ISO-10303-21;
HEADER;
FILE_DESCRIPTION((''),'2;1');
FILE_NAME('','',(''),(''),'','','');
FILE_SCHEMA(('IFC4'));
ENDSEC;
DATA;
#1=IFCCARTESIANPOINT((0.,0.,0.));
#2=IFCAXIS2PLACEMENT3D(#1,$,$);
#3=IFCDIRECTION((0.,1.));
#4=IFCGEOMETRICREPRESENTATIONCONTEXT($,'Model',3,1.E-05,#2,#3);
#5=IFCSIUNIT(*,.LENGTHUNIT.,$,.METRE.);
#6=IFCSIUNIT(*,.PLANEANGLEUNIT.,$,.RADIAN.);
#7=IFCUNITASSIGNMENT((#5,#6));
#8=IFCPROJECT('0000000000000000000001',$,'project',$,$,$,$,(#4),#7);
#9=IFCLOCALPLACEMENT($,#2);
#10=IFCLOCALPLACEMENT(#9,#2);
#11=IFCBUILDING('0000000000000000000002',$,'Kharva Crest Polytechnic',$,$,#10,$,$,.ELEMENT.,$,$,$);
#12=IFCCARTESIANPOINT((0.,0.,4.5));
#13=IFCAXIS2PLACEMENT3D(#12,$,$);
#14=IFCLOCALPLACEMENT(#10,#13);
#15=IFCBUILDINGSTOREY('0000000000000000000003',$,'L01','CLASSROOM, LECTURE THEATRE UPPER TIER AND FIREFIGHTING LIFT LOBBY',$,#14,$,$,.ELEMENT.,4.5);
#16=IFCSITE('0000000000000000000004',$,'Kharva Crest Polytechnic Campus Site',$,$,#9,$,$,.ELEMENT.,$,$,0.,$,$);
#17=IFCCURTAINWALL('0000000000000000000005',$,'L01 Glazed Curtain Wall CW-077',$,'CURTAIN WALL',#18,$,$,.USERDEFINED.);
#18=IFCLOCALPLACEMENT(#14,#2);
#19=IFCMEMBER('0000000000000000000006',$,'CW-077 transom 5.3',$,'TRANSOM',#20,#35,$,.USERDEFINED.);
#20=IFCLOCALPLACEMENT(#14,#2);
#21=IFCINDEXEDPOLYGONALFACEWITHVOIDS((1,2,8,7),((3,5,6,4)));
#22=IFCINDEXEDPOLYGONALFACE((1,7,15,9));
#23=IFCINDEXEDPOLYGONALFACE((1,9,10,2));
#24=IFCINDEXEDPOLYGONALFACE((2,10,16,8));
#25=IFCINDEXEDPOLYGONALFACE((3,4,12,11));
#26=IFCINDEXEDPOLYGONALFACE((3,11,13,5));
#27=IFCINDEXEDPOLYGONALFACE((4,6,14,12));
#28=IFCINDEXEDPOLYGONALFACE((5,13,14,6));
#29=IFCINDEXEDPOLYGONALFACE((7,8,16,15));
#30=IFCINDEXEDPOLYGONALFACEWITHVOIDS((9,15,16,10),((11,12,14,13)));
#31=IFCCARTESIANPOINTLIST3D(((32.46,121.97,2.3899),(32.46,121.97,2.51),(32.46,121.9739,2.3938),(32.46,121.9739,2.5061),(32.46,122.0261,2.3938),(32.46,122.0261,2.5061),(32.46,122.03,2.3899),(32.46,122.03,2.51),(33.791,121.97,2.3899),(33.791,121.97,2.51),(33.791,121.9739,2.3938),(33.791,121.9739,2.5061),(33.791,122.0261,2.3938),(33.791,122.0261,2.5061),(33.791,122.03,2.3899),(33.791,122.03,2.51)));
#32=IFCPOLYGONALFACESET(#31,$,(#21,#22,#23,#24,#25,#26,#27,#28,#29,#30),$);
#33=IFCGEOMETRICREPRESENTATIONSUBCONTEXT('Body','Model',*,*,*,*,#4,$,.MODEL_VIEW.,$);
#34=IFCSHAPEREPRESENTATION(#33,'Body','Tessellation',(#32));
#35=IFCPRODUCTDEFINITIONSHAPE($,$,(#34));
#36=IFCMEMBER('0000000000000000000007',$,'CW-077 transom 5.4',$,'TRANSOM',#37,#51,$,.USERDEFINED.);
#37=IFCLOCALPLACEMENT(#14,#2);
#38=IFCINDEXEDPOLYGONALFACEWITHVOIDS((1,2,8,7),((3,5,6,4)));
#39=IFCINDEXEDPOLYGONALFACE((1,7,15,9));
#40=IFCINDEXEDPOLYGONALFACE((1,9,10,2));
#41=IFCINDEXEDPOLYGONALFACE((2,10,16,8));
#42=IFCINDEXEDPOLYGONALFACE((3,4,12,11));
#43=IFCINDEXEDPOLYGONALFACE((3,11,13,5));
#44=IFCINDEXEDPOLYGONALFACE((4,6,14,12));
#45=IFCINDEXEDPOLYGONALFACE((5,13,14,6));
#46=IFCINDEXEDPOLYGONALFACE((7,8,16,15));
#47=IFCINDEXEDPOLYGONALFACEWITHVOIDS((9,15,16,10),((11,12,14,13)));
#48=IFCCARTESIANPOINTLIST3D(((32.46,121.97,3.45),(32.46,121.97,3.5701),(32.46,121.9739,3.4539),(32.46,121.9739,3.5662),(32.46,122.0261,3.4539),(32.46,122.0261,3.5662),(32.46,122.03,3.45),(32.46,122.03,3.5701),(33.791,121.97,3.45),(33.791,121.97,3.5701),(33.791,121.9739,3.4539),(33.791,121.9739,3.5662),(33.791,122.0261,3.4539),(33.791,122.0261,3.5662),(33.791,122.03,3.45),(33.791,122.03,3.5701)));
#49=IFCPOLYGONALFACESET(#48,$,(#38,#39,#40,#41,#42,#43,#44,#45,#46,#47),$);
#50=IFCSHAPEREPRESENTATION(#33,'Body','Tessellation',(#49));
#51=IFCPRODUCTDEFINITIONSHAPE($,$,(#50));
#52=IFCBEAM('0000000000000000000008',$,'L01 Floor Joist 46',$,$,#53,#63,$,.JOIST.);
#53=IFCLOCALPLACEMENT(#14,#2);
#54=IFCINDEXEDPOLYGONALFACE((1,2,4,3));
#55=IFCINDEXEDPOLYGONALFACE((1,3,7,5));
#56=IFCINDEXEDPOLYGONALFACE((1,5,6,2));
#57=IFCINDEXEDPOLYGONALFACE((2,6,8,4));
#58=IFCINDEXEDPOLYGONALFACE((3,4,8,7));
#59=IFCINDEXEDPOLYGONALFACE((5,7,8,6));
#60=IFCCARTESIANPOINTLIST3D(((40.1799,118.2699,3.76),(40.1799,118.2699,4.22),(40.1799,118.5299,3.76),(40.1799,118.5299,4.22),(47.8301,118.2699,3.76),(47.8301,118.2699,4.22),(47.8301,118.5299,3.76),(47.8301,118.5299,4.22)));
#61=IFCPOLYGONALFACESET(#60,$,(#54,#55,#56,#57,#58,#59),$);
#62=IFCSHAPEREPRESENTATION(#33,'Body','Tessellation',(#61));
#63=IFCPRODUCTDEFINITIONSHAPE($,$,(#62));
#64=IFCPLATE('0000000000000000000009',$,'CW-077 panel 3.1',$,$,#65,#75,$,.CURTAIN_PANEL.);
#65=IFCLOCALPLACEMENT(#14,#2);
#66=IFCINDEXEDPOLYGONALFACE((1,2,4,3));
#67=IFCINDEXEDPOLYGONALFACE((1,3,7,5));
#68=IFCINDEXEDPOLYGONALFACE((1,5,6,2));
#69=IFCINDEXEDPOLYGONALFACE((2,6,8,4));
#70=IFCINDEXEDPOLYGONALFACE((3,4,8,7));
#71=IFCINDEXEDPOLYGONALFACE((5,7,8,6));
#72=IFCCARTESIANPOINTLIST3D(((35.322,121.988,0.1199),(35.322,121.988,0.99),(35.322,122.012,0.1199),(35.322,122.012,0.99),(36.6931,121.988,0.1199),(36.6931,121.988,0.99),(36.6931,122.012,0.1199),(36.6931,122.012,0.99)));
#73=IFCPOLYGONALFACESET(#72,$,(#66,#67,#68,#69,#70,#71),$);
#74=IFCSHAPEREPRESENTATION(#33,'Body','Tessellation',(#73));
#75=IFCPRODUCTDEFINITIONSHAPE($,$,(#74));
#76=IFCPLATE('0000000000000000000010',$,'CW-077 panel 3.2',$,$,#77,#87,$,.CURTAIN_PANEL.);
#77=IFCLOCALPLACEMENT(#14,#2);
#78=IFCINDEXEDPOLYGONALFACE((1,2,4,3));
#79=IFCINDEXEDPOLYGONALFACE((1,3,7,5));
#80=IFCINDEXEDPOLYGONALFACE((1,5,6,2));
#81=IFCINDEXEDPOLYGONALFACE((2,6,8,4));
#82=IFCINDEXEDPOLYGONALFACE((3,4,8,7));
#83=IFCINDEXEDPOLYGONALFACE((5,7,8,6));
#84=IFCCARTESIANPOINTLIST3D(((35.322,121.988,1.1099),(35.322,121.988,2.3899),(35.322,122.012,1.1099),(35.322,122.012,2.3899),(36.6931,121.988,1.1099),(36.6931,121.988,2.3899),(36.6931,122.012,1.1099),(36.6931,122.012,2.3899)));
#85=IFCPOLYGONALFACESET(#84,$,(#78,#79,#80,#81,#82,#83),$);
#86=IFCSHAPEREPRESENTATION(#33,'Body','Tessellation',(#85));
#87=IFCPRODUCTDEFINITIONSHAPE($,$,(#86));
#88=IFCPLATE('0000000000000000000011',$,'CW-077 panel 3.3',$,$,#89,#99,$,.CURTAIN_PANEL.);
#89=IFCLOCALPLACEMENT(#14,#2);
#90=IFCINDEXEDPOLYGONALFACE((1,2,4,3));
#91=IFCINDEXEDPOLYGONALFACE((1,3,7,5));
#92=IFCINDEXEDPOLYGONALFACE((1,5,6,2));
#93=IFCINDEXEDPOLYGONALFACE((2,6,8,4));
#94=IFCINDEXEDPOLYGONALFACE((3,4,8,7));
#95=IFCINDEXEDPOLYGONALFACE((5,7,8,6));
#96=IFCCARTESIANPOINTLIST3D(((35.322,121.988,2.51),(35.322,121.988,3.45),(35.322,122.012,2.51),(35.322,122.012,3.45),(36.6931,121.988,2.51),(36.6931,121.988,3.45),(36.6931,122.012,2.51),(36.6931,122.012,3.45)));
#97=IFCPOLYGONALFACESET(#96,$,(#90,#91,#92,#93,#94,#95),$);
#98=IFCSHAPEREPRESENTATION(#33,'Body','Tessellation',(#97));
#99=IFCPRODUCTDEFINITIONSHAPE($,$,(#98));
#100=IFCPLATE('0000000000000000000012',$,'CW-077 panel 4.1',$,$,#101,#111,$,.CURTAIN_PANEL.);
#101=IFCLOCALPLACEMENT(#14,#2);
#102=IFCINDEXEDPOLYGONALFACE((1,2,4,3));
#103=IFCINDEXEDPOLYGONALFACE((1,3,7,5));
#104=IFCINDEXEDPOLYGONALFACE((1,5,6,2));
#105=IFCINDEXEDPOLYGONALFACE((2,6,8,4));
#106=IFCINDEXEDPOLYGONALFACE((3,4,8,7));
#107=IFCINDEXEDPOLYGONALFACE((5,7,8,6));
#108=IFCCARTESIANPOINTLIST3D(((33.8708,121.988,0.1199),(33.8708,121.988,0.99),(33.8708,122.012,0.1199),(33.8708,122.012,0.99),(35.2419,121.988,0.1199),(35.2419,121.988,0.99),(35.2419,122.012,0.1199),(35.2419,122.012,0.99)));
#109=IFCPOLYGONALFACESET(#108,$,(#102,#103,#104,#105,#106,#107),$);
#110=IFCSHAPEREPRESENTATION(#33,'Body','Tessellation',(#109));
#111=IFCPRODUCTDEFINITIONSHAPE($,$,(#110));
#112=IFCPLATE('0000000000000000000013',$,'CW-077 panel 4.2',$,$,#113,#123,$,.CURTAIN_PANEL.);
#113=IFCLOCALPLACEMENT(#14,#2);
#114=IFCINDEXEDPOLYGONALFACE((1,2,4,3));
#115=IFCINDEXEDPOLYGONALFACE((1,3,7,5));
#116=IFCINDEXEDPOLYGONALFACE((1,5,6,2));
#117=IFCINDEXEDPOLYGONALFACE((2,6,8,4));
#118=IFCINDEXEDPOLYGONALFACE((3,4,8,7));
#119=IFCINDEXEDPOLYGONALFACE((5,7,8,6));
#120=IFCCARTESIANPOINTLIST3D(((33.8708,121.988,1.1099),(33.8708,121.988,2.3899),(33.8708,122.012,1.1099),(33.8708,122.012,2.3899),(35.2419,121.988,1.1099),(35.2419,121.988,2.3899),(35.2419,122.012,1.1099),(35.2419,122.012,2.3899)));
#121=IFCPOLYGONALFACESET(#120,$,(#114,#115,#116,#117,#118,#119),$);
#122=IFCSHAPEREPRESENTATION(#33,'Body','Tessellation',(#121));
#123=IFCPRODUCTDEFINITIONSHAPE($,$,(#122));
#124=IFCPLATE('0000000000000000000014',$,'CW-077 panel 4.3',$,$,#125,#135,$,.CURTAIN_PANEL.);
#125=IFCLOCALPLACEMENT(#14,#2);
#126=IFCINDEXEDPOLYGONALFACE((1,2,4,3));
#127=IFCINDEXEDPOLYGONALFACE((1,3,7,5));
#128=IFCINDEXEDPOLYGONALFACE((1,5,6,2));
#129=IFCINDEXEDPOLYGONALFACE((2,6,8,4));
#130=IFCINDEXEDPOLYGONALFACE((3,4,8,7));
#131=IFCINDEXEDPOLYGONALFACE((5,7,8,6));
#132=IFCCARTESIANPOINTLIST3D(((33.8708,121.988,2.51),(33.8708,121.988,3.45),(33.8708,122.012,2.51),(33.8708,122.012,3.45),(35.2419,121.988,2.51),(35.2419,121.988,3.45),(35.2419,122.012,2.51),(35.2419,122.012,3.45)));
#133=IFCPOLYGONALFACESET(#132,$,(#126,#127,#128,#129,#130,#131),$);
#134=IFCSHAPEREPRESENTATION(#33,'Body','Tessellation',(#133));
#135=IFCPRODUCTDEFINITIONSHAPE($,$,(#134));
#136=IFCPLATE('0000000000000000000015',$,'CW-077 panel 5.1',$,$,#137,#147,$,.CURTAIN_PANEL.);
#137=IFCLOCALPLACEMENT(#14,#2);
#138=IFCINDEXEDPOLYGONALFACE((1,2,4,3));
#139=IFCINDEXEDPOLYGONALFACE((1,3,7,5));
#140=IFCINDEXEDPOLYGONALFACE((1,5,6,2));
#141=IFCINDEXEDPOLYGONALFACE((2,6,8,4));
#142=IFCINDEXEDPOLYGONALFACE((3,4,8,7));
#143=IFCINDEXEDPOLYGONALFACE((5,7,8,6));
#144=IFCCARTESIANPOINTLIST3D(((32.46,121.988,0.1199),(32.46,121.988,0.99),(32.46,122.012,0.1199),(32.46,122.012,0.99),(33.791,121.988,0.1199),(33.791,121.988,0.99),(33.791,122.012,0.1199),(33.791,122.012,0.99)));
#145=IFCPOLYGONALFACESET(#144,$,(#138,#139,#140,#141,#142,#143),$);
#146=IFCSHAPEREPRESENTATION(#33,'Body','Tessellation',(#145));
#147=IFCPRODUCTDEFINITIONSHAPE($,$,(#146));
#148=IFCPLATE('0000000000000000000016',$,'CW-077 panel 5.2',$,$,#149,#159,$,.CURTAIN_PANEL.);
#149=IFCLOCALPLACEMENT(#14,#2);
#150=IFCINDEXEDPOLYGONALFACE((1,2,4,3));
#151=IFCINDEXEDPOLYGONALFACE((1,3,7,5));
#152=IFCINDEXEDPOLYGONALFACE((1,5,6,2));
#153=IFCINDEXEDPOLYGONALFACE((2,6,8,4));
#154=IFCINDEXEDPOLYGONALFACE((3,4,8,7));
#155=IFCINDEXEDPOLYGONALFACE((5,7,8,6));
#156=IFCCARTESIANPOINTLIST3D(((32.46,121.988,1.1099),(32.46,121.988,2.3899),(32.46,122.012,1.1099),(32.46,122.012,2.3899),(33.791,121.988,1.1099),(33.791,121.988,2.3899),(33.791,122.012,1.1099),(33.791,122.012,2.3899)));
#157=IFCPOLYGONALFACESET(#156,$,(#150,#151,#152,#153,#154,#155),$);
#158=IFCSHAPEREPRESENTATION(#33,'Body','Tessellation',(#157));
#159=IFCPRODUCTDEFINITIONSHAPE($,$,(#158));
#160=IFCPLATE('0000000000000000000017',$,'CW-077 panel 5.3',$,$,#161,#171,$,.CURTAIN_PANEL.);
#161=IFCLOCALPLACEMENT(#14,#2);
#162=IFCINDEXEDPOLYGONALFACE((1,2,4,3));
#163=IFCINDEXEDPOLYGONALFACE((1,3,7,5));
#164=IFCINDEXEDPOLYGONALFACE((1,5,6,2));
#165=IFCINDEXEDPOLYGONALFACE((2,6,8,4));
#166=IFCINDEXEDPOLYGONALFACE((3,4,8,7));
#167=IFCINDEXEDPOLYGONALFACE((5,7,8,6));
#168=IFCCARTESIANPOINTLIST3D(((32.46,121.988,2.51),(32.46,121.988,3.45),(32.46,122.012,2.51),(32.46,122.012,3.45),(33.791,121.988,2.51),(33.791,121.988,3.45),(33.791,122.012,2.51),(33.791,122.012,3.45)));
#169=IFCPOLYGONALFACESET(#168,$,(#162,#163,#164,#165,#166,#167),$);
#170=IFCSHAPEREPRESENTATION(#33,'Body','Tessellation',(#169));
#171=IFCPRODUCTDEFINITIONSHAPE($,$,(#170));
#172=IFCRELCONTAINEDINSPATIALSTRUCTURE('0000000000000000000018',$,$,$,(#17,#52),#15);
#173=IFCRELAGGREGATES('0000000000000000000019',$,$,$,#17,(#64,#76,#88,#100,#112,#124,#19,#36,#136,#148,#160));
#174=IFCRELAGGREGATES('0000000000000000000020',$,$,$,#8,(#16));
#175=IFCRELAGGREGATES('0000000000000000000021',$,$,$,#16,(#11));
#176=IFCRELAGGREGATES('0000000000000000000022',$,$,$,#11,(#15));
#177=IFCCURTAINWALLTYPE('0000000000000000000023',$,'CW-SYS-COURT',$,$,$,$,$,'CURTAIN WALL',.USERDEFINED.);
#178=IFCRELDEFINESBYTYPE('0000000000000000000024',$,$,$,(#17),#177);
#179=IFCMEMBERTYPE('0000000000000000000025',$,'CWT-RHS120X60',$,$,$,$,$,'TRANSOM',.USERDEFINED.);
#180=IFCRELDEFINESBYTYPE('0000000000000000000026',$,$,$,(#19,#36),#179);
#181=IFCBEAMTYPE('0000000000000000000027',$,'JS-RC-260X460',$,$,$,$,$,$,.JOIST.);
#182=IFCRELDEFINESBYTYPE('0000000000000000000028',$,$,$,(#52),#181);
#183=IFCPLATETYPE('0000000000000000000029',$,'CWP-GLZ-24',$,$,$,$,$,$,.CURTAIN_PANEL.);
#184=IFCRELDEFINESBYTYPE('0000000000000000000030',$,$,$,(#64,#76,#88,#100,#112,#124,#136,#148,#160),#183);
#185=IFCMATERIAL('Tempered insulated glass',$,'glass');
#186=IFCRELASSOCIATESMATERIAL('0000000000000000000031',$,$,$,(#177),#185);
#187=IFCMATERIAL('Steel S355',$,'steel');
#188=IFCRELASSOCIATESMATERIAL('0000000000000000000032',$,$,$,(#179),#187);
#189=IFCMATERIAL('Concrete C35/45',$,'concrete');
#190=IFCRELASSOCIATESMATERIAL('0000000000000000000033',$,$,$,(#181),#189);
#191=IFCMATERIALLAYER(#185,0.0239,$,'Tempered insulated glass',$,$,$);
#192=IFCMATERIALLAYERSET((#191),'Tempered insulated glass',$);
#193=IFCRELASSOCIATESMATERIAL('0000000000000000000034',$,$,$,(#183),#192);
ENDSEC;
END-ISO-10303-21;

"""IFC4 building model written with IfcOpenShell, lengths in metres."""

from ifc_helpers import new_model, si_unit, direction, frame, origin, origin_2d, place, context, subcontext, project, spatial, rectangle, hollow_rectangle, extrude, material, layer, layer_set, material_profile, profile_set, type_object, element, aggregate, save


model = new_model("IFC4")

# Units and contexts
model_context = context("Model", 3, precision=1e-05, world=origin(), true_north=direction((0.0, 1.0)))
body_context = subcontext(model_context, "Body", "Model", "MODEL_VIEW")
ifc_project = project(units=[si_unit("LENGTHUNIT", "METRE"), si_unit("PLANEANGLEUNIT", "RADIAN")], contexts=[model_context])

# Site, building, storey
site_placement = place(None, origin())
site = spatial("IfcSite", under=ifc_project, at=site_placement, Name="Kharva Crest Polytechnic Campus Site", CompositionType="ELEMENT", RefElevation=0.0)
building_placement = place(site_placement, origin())
building = spatial("IfcBuilding", under=site, at=building_placement, Name="Kharva Crest Polytechnic", CompositionType="ELEMENT")
storey_placement = place(building_placement, frame((0.0, 0.0, 4.5)))
storey = spatial("IfcBuildingStorey", under=building, at=storey_placement, Name="L01", Description="CLASSROOM, LECTURE THEATRE UPPER TIER AND FIREFIGHTING LIFT LOBBY", CompositionType="ELEMENT", Elevation=4.5)

# Curtain wall, members
ifc_material_1 = material(Name="Tempered insulated glass", Category="glass")
curtain_wall_type = type_object("IfcCurtainWallType", Name="CW-SYS-COURT", ElementType="CURTAIN WALL", PredefinedType="USERDEFINED", material=ifc_material_1)
curtain_wall_placement = place(storey_placement, origin())
curtain_wall = element("IfcCurtainWall", 1, at=curtain_wall_placement, inside=storey, type_object=curtain_wall_type, Name="L01 Glazed Curtain Wall CW-077", ObjectType="CURTAIN WALL", PredefinedType="USERDEFINED")
ifc_material_2 = material(Name="Steel S355", Category="steel")
ifc_material_profile_1 = material_profile(ifc_material_2, hollow_rectangle(XDim=0.0601, YDim=0.1201, WallThickness=0.0039, at=origin_2d()), Name="RHS 120X60X4.0")
ifc_profile_set_1 = profile_set([ifc_material_profile_1], Name="Steel S355")
member_type_1 = type_object("IfcMemberType", Name="CWT-RHS120X60", ElementType="TRANSOM", PredefinedType="USERDEFINED", material=ifc_profile_set_1)
member_1_placement = place(storey_placement, frame((33.791, 122.0, 2.45), z_axis=(-1.0, 0.0, 0.0), x_axis=(0.0, -1.0, 0.0)))
member_1 = element("IfcMember", 2, at=member_1_placement, type_object=member_type_1, Name="CW-077 transom 5.3", ObjectType="TRANSOM", PredefinedType="USERDEFINED", context=body_context, shape_type="SweptSolid", body=[
    extrude(hollow_rectangle(XDim=0.0601, YDim=0.1201, WallThickness=0.0039, at=origin_2d()), origin(), (0.0, 0.0, 1.0), 1.3311),
])
member_2_placement = place(storey_placement, frame((33.791, 122.0, 3.51), z_axis=(-1.0, 0.0, 0.0), x_axis=(0.0, -1.0, 0.0)))
member_2 = element("IfcMember", 3, at=member_2_placement, type_object=member_type_1, Name="CW-077 transom 5.4", ObjectType="TRANSOM", PredefinedType="USERDEFINED", context=body_context, shape_type="SweptSolid", body=[
    extrude(hollow_rectangle(XDim=0.0601, YDim=0.1201, WallThickness=0.0039, at=origin_2d()), origin(), (0.0, 0.0, 1.0), 1.3311),
])

# Beam
ifc_material_3 = material(Name="Concrete C35/45", Category="concrete")
ifc_material_profile_2 = material_profile(ifc_material_3, rectangle(XDim=0.26, YDim=0.46, at=origin_2d()), Name="RECT 260 X 460")
ifc_profile_set_2 = profile_set([ifc_material_profile_2], Name="Concrete C35/45")
beam_type = type_object("IfcBeamType", Name="JS-RC-260X460", PredefinedType="JOIST", material=ifc_profile_set_2)
beam_placement = place(storey_placement, frame((40.1799, 118.3999, 3.99), z_axis=(1.0, 0.0, 0.0), x_axis=(0.0, 1.0, 0.0)))
element("IfcBeam", 4, at=beam_placement, inside=storey, type_object=beam_type, Name="L01 Floor Joist 46", PredefinedType="JOIST", context=body_context, shape_type="SweptSolid", body=[
    extrude(rectangle(XDim=0.26, YDim=0.46, at=origin_2d()), origin(), (0.0, 0.0, 1.0), 7.6501),
])

# Plates
ifc_layer_1 = layer(ifc_material_1, 0.0239, Name="Tempered insulated glass")
ifc_layer_set_1 = layer_set([ifc_layer_1], Name="Tempered insulated glass")
plate_type = type_object("IfcPlateType", Name="CWP-GLZ-24", PredefinedType="CURTAIN_PANEL", material=ifc_layer_set_1)
plate_1_placement = place(storey_placement, frame((36.0076, 122.0, 0.1199), z_axis=(0.0, 0.0, 1.0), x_axis=(-1.0, 0.0, 0.0)))
plate_1 = element("IfcPlate", 5, at=plate_1_placement, type_object=plate_type, Name="CW-077 panel 3.1", PredefinedType="CURTAIN_PANEL", context=body_context, shape_type="SweptSolid", body=[
    extrude(rectangle(XDim=1.3711, YDim=0.0239, at=origin_2d()), origin(), (0.0, 0.0, 1.0), 0.8701),
])
plate_2_placement = place(storey_placement, frame((36.0076, 122.0, 1.1099), z_axis=(0.0, 0.0, 1.0), x_axis=(-1.0, 0.0, 0.0)))
plate_2 = element("IfcPlate", 6, at=plate_2_placement, type_object=plate_type, Name="CW-077 panel 3.2", PredefinedType="CURTAIN_PANEL", context=body_context, shape_type="SweptSolid", body=[
    extrude(rectangle(XDim=1.3711, YDim=0.0239, at=origin_2d()), origin(), (0.0, 0.0, 1.0), 1.28),
])
plate_3_placement = place(storey_placement, frame((36.0076, 122.0, 2.51), z_axis=(0.0, 0.0, 1.0), x_axis=(-1.0, 0.0, 0.0)))
plate_3 = element("IfcPlate", 7, at=plate_3_placement, type_object=plate_type, Name="CW-077 panel 3.3", PredefinedType="CURTAIN_PANEL", context=body_context, shape_type="SweptSolid", body=[
    extrude(rectangle(XDim=1.3711, YDim=0.0239, at=origin_2d()), origin(), (0.0, 0.0, 1.0), 0.9399),
])
plate_4_placement = place(storey_placement, frame((34.5564, 122.0, 0.1199), z_axis=(0.0, 0.0, 1.0), x_axis=(-1.0, 0.0, 0.0)))
plate_4 = element("IfcPlate", 8, at=plate_4_placement, type_object=plate_type, Name="CW-077 panel 4.1", PredefinedType="CURTAIN_PANEL", context=body_context, shape_type="SweptSolid", body=[
    extrude(rectangle(XDim=1.3711, YDim=0.0239, at=origin_2d()), origin(), (0.0, 0.0, 1.0), 0.8701),
])
plate_5_placement = place(storey_placement, frame((34.5564, 122.0, 1.1099), z_axis=(0.0, 0.0, 1.0), x_axis=(-1.0, 0.0, 0.0)))
plate_5 = element("IfcPlate", 9, at=plate_5_placement, type_object=plate_type, Name="CW-077 panel 4.2", PredefinedType="CURTAIN_PANEL", context=body_context, shape_type="SweptSolid", body=[
    extrude(rectangle(XDim=1.3711, YDim=0.0239, at=origin_2d()), origin(), (0.0, 0.0, 1.0), 1.28),
])
plate_6_placement = place(storey_placement, frame((34.5564, 122.0, 2.51), z_axis=(0.0, 0.0, 1.0), x_axis=(-1.0, 0.0, 0.0)))
plate_6 = element("IfcPlate", 10, at=plate_6_placement, type_object=plate_type, Name="CW-077 panel 4.3", PredefinedType="CURTAIN_PANEL", context=body_context, shape_type="SweptSolid", body=[
    extrude(rectangle(XDim=1.3711, YDim=0.0239, at=origin_2d()), origin(), (0.0, 0.0, 1.0), 0.9399),
])
plate_7_placement = place(storey_placement, frame((33.1255, 122.0, 0.1199), z_axis=(0.0, 0.0, 1.0), x_axis=(-1.0, 0.0, 0.0)))
plate_7 = element("IfcPlate", 11, at=plate_7_placement, type_object=plate_type, Name="CW-077 panel 5.1", PredefinedType="CURTAIN_PANEL", context=body_context, shape_type="SweptSolid", body=[
    extrude(rectangle(XDim=1.3311, YDim=0.0239, at=origin_2d()), origin(), (0.0, 0.0, 1.0), 0.8701),
])
plate_8_placement = place(storey_placement, frame((33.1255, 122.0, 1.1099), z_axis=(0.0, 0.0, 1.0), x_axis=(-1.0, 0.0, 0.0)))
plate_8 = element("IfcPlate", 12, at=plate_8_placement, type_object=plate_type, Name="CW-077 panel 5.2", PredefinedType="CURTAIN_PANEL", context=body_context, shape_type="SweptSolid", body=[
    extrude(rectangle(XDim=1.3311, YDim=0.0239, at=origin_2d()), origin(), (0.0, 0.0, 1.0), 1.28),
])
plate_9_placement = place(storey_placement, frame((33.1255, 122.0, 2.51), z_axis=(0.0, 0.0, 1.0), x_axis=(-1.0, 0.0, 0.0)))
plate_9 = element("IfcPlate", 13, at=plate_9_placement, type_object=plate_type, Name="CW-077 panel 5.3", PredefinedType="CURTAIN_PANEL", context=body_context, shape_type="SweptSolid", body=[
    extrude(rectangle(XDim=1.3311, YDim=0.0239, at=origin_2d()), origin(), (0.0, 0.0, 1.0), 0.9399),
])
aggregate(curtain_wall, [plate_1, plate_2, plate_3, plate_4, plate_5, plate_6, member_1, member_2, plate_7, plate_8, plate_9])

save(model, "model.ifc")
